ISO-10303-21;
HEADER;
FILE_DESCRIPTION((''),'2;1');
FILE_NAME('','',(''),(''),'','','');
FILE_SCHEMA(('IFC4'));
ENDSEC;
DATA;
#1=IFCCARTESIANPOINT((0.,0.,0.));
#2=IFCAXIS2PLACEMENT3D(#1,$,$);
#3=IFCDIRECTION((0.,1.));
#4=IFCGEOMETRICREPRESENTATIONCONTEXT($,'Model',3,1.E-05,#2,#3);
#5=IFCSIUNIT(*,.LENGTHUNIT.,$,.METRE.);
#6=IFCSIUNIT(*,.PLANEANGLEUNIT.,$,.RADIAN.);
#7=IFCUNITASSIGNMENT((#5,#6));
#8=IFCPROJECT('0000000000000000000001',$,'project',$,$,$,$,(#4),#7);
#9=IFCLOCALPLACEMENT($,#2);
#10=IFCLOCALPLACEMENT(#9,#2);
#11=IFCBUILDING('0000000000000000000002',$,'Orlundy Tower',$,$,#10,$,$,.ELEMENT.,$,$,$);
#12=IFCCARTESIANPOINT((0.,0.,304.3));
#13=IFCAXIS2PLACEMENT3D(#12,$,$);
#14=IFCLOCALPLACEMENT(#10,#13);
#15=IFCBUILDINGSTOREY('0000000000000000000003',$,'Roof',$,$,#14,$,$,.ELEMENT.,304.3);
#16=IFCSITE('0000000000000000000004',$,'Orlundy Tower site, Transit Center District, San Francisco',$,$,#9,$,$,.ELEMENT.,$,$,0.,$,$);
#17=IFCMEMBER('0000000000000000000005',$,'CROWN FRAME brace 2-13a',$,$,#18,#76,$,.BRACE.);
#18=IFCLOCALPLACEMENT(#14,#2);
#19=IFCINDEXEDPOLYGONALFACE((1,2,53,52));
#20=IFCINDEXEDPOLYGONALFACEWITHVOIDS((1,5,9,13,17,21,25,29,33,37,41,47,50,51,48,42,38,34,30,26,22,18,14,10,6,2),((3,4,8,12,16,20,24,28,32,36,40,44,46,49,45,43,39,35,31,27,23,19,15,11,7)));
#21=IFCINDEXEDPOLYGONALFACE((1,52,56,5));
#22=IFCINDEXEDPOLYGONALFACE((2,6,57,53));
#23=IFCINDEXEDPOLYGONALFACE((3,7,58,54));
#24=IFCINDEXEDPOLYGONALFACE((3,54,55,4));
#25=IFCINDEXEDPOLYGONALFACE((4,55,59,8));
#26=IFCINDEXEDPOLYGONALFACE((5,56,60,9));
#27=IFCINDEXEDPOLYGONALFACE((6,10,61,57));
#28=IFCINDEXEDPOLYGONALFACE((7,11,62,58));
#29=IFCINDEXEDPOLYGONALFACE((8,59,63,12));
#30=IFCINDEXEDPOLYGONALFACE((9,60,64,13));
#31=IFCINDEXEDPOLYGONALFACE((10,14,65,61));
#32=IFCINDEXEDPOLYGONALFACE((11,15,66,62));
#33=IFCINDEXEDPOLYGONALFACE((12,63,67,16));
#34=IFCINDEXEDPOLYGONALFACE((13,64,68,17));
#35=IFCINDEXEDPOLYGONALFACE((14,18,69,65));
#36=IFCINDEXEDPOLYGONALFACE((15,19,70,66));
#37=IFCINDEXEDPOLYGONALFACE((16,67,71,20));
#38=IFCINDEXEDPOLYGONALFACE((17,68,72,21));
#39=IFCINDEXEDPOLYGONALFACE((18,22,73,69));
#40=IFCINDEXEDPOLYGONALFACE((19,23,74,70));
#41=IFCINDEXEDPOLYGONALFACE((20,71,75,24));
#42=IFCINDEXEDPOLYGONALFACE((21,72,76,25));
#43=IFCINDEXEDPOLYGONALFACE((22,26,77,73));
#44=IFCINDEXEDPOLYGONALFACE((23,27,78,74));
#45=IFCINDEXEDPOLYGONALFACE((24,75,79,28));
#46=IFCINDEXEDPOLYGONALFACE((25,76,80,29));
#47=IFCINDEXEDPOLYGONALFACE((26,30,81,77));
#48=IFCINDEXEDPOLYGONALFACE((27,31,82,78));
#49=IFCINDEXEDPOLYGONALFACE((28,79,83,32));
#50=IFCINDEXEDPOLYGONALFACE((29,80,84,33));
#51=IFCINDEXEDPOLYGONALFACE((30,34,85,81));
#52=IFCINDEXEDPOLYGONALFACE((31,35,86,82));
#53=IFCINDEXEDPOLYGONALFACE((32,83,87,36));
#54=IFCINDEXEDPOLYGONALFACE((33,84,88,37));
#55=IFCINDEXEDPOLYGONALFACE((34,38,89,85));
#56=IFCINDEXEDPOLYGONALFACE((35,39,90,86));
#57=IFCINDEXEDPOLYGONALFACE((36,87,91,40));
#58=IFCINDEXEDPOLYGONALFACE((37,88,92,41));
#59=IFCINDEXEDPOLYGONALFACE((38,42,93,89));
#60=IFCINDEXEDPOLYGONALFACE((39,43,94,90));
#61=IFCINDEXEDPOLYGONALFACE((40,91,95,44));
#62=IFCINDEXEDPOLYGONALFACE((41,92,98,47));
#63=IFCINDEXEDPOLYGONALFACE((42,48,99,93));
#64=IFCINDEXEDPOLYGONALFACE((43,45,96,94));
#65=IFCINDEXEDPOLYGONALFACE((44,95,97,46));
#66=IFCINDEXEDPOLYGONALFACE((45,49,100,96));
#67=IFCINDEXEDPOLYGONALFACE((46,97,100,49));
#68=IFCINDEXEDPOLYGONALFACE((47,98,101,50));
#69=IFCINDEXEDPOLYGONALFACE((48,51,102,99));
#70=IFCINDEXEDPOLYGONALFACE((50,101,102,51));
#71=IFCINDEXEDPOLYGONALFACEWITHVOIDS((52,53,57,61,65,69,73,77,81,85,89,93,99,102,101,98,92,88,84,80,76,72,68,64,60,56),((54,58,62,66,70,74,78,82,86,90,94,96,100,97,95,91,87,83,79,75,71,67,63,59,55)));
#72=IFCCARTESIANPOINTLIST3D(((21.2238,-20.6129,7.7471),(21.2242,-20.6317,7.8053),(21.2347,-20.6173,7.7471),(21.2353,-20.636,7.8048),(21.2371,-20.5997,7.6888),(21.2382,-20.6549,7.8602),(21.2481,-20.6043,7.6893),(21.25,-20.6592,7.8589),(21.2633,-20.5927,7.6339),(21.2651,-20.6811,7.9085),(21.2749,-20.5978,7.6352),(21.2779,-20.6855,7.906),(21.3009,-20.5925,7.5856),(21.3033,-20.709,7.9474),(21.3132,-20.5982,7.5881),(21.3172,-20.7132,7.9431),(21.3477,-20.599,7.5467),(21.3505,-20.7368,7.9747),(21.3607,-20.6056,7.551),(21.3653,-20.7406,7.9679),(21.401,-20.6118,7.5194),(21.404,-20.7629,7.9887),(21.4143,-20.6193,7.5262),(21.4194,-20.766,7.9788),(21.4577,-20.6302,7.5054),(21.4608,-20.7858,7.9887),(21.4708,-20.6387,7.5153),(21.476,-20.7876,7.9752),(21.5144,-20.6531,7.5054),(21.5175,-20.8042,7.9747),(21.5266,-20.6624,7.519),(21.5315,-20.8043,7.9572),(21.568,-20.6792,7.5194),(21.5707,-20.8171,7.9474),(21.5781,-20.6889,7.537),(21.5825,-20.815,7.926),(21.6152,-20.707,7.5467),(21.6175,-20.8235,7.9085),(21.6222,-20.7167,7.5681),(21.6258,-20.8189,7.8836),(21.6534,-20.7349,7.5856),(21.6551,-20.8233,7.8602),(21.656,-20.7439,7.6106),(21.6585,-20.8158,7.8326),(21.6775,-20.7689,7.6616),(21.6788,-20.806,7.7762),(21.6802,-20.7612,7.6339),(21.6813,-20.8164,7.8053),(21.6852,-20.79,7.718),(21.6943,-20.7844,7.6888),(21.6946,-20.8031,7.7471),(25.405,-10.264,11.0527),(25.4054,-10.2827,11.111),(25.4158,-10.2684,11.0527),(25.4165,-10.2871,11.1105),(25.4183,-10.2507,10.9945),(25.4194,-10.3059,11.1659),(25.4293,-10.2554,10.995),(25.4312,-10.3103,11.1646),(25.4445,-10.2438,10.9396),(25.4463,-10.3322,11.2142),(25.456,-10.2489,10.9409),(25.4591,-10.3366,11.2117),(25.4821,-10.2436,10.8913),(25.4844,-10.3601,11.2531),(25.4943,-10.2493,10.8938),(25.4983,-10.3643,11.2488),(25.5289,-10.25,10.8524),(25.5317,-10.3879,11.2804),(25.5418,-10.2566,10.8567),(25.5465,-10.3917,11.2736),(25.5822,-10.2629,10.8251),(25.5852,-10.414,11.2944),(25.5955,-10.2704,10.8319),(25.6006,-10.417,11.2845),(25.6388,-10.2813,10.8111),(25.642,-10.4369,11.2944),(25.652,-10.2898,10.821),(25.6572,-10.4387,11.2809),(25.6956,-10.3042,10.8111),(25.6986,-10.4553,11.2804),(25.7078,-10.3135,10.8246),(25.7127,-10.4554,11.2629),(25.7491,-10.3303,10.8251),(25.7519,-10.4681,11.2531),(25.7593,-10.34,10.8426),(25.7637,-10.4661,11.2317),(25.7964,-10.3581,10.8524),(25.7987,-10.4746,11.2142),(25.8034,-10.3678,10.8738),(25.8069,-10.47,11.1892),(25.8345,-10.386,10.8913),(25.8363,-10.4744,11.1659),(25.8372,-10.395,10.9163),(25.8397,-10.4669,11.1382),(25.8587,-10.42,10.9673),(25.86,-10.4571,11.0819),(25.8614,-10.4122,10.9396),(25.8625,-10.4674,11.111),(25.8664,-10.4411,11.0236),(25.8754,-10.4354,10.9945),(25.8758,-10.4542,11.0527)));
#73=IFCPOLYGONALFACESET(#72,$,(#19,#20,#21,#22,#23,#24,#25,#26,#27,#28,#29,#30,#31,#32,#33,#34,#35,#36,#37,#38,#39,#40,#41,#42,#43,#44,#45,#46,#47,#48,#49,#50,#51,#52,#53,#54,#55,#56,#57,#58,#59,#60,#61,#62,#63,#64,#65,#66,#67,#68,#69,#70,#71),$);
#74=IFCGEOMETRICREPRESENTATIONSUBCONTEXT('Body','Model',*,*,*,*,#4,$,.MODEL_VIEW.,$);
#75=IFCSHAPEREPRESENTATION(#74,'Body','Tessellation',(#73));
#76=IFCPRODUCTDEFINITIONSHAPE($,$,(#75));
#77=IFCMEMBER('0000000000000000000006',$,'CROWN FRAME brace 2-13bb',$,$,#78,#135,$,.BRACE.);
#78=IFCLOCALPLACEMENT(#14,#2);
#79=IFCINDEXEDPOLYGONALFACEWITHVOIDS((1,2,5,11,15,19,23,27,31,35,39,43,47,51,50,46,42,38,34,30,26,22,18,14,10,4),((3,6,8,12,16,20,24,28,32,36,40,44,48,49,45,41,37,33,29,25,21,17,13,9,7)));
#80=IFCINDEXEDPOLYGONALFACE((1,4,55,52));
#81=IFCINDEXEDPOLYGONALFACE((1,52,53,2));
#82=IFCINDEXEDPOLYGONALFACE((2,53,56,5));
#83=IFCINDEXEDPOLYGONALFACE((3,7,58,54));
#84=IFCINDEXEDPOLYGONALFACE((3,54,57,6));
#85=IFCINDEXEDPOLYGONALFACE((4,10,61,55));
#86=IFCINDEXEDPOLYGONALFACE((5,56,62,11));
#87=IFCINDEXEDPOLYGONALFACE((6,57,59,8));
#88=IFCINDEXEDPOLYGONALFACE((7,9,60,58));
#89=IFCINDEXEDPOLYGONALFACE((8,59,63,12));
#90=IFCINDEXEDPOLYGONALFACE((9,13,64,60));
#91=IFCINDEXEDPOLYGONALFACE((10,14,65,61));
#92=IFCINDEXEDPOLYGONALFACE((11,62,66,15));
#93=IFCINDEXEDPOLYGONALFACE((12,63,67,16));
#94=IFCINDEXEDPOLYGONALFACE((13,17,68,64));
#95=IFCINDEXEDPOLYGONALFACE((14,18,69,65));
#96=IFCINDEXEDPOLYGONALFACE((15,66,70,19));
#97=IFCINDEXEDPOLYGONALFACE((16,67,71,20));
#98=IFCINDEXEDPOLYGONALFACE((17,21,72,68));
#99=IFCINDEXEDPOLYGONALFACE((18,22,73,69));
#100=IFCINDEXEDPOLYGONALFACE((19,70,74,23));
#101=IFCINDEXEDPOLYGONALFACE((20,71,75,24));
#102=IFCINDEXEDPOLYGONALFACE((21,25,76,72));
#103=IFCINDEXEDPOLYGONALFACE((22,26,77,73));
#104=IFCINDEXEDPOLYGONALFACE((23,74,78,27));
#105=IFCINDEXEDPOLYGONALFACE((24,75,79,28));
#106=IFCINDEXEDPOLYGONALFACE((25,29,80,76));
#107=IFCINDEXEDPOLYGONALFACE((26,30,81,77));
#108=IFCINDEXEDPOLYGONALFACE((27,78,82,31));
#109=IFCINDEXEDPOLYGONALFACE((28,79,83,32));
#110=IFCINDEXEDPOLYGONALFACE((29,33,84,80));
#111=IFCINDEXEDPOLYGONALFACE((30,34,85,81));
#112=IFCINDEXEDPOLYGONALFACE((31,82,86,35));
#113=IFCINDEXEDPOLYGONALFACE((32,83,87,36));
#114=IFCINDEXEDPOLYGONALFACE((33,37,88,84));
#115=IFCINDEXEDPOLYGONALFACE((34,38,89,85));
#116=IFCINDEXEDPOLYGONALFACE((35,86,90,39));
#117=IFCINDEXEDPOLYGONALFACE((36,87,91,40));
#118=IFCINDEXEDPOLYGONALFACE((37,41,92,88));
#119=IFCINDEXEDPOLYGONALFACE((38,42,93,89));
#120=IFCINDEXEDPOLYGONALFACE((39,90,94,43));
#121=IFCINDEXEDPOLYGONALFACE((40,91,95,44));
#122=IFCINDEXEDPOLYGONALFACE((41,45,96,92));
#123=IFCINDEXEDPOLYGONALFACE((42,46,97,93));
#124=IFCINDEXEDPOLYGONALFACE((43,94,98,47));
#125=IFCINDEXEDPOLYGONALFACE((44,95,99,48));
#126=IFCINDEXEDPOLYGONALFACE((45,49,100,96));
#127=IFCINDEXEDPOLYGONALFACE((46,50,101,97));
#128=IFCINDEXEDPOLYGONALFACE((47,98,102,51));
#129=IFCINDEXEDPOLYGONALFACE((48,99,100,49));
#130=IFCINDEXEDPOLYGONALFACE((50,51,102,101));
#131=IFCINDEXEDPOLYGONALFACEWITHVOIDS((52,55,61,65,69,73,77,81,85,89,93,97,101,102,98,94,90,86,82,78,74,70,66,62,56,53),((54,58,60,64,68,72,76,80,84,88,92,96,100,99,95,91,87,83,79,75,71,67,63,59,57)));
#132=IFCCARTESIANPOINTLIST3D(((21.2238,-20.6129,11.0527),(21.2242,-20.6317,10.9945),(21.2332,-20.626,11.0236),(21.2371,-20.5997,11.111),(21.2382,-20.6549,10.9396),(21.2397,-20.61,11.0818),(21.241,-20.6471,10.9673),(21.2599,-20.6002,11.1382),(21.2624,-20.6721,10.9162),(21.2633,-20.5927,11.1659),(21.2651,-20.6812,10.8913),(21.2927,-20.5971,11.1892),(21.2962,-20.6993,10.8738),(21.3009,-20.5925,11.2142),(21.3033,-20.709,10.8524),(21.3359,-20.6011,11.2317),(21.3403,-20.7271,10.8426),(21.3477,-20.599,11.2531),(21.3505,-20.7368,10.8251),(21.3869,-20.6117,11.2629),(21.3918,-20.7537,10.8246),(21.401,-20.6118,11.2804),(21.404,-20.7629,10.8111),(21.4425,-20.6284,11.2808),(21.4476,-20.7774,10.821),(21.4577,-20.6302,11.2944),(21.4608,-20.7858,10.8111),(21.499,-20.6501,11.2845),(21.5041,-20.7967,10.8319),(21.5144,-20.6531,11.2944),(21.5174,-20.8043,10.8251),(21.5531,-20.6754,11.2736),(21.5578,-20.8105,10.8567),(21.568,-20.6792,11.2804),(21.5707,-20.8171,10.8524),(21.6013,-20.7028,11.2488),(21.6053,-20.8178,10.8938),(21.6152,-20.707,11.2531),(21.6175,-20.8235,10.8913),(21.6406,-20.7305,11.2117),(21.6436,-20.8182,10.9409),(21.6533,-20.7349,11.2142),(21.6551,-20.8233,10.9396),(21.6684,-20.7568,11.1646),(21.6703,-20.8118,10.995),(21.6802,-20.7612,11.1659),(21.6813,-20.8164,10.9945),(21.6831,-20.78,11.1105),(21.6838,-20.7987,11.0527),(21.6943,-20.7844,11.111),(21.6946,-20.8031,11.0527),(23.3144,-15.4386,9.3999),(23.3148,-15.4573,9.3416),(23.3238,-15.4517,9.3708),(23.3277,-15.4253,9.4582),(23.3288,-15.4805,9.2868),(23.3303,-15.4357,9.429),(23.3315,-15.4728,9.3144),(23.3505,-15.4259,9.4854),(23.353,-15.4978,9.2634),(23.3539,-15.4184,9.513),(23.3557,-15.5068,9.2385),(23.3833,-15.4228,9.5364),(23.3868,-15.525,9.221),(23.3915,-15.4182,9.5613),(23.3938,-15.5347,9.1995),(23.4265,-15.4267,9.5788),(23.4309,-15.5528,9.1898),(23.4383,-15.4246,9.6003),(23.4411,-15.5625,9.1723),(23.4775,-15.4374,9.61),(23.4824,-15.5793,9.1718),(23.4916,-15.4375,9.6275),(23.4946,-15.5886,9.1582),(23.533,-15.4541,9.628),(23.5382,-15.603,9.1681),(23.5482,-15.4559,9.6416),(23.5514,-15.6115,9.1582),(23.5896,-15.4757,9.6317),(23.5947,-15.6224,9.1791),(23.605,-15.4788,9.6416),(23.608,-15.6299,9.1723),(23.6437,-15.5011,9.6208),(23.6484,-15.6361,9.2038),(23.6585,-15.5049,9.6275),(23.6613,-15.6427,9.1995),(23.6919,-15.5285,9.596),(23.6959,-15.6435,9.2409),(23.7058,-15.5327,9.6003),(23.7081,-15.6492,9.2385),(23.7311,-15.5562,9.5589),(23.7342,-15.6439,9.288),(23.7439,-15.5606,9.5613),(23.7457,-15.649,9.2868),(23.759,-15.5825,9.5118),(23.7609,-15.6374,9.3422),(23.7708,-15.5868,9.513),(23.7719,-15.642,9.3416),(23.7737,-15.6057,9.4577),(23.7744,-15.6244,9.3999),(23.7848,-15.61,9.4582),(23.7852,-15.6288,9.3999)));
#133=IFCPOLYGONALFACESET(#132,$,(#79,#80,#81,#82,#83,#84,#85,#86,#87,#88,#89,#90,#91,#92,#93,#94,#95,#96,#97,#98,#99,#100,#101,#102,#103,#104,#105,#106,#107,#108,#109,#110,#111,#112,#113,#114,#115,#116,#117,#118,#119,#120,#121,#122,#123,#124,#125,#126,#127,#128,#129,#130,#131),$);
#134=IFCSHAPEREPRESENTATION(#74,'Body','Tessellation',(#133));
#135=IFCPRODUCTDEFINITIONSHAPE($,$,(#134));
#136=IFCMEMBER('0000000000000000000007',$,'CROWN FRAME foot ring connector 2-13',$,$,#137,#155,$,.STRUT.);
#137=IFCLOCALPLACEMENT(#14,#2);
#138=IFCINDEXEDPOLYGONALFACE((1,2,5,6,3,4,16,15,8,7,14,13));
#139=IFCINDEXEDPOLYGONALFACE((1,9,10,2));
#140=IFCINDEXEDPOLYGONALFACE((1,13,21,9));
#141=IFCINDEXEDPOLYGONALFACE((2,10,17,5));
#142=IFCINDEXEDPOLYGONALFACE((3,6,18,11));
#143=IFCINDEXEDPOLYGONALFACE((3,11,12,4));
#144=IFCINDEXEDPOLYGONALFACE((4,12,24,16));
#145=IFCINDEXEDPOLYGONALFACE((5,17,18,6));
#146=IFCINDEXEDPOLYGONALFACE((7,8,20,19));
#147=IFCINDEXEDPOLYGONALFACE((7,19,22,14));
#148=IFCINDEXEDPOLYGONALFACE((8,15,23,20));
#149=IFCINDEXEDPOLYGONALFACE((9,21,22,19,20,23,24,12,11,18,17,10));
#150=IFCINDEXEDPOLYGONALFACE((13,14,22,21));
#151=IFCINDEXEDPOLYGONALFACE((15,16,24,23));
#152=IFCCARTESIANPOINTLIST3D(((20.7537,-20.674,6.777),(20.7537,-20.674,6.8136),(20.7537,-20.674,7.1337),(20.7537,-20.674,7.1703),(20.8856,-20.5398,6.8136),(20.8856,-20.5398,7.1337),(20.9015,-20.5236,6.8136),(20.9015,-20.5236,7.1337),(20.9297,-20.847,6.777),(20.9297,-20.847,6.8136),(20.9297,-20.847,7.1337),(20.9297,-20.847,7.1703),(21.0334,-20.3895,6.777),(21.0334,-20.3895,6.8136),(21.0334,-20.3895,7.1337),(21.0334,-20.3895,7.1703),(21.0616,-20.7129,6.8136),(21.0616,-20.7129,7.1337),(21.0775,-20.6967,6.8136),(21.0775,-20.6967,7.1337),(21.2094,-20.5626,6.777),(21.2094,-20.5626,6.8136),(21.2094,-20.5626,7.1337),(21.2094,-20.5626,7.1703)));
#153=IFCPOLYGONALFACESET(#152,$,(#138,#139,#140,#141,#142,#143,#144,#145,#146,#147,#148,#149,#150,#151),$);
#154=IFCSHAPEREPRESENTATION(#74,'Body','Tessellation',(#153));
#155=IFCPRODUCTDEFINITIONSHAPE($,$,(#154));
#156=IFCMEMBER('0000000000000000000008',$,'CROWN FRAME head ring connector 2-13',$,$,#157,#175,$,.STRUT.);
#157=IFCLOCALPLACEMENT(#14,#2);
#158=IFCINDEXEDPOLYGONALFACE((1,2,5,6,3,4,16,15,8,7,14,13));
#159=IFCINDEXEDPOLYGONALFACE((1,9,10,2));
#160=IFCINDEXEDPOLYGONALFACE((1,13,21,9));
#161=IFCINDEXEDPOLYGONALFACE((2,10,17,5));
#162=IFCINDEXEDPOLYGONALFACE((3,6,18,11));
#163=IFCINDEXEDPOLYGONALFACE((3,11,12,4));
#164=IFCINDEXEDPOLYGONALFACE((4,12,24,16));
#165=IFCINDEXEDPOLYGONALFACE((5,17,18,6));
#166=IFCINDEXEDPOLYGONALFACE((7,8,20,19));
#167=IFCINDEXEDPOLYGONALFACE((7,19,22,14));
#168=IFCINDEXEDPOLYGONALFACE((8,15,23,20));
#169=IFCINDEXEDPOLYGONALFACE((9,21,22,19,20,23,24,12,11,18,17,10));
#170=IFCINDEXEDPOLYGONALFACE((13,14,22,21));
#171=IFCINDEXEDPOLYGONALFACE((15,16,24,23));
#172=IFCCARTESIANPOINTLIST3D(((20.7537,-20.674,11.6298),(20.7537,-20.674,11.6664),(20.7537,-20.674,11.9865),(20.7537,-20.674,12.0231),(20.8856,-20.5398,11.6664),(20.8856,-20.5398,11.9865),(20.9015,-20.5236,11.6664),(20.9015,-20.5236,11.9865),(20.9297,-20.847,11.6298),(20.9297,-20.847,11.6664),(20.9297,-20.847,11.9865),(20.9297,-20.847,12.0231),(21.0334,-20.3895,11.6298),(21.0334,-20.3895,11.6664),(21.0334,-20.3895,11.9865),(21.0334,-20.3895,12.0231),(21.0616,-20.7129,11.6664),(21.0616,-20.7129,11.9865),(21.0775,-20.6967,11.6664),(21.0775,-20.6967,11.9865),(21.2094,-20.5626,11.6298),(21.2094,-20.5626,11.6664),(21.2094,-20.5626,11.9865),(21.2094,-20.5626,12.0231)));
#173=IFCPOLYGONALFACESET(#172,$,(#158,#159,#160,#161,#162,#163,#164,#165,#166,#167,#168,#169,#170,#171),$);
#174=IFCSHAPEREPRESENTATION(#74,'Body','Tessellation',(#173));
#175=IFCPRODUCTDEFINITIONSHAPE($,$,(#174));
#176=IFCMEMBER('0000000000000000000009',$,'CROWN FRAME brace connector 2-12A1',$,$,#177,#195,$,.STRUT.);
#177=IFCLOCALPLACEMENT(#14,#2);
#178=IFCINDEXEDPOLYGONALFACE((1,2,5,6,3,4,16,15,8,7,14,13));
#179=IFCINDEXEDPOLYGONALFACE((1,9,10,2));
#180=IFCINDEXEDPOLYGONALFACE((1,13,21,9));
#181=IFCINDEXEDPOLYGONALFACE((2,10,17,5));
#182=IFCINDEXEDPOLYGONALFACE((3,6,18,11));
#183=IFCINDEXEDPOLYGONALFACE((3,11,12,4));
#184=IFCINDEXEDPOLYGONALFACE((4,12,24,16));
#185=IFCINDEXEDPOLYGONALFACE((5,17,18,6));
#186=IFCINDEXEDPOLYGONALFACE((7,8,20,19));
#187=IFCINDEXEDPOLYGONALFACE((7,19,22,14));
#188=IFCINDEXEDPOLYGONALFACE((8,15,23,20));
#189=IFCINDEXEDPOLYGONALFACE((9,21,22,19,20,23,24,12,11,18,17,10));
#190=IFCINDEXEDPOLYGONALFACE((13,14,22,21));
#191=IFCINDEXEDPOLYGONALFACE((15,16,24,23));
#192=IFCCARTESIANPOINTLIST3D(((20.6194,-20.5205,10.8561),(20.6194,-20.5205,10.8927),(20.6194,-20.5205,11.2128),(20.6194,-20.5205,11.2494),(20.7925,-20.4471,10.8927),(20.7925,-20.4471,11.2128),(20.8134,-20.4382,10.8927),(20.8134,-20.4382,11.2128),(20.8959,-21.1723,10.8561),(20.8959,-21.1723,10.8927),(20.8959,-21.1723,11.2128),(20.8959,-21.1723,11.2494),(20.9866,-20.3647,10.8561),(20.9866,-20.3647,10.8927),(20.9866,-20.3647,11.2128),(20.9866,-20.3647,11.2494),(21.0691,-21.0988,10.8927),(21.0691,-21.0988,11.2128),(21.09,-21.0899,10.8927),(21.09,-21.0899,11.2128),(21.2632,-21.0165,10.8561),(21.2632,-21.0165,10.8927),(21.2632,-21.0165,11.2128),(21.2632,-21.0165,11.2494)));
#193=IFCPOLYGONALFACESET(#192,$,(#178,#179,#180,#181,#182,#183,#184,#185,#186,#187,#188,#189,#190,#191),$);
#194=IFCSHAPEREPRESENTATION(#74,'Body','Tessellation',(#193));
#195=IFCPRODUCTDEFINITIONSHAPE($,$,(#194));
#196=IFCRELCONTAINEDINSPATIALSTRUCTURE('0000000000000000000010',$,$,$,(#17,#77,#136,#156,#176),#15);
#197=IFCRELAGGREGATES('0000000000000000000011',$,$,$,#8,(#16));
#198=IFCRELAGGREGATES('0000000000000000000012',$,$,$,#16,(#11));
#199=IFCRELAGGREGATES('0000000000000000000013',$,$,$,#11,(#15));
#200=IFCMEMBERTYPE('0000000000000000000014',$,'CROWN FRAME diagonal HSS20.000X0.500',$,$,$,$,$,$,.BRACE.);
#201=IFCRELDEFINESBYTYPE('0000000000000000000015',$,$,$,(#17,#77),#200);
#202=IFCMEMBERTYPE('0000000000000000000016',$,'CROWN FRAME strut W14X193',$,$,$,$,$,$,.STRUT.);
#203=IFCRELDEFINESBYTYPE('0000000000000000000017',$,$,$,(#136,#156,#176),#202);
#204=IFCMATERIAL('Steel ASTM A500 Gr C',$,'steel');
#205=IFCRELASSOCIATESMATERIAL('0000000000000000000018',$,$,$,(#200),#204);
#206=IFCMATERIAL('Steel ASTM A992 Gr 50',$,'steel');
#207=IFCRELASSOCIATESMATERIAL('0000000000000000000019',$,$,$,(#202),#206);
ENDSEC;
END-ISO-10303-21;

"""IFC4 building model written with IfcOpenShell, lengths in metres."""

from ifc_helpers import new_model, si_unit, direction, frame, origin, origin_2d, place, context, subcontext, project, spatial, hollow_circle, i_section, extrude, material, material_profile, profile_set, type_object, element, save


model = new_model("IFC4")

# Units and contexts
model_context = context("Model", 3, precision=1e-05, world=origin(), true_north=direction((0.0, 1.0)))
body_context = subcontext(model_context, "Body", "Model", "MODEL_VIEW")
ifc_project = project(units=[si_unit("LENGTHUNIT", "METRE"), si_unit("PLANEANGLEUNIT", "RADIAN")], contexts=[model_context])

# Site, building, storey
site_placement = place(None, origin())
site = spatial("IfcSite", under=ifc_project, at=site_placement, Name="Orlundy Tower site, Transit Center District, San Francisco", CompositionType="ELEMENT", RefElevation=0.0)
building_placement = place(site_placement, origin())
building = spatial("IfcBuilding", under=site, at=building_placement, Name="Orlundy Tower", CompositionType="ELEMENT")
storey_placement = place(building_placement, frame((0.0, 0.0, 304.3)))
storey = spatial("IfcBuildingStorey", under=building, at=storey_placement, Name="Roof", CompositionType="ELEMENT", Elevation=304.3)

# Members
ifc_material_1 = material(Name="Steel ASTM A500 Gr C", Category="steel")
ifc_material_profile_1 = material_profile(ifc_material_1, hollow_circle(Radius=0.2539, WallThickness=0.0117, at=origin_2d()), Name="HSS20.000X0.500")
ifc_profile_set_1 = profile_set([ifc_material_profile_1], Name="Steel ASTM A500 Gr C")
member_type_1 = type_object("IfcMemberType", Name="CROWN FRAME diagonal HSS20.000X0.500", PredefinedType="BRACE", material=ifc_profile_set_1)
member_1_placement = place(storey_placement, frame((21.4592, -20.708, 7.7471), z_axis=(0.35918, 0.889016, 0.283972), x_axis=(-0.927186, 0.374602, 0.0)))
element("IfcMember", 1, at=member_1_placement, inside=storey, type_object=member_type_1, Name="CROWN FRAME brace 2-13a", PredefinedType="BRACE", context=body_context, shape_type="SweptSolid", body=[
    extrude(hollow_circle(Radius=0.2539, WallThickness=0.0117, at=origin_2d()), origin(), (0.0, 0.0, 1.0), 11.6409),
])
member_2_placement = place(storey_placement, frame((23.5498, -15.5337, 9.3999), z_axis=(-0.359187, -0.889012, 0.283977), x_axis=(0.927183, -0.374609, 0.0)))
element("IfcMember", 2, at=member_2_placement, inside=storey, type_object=member_type_1, Name="CROWN FRAME brace 2-13bb", PredefinedType="BRACE", context=body_context, shape_type="SweptSolid", body=[
    extrude(hollow_circle(Radius=0.2539, WallThickness=0.0117, at=origin_2d()), origin(), (0.0, 0.0, 1.0), 5.8203),
])
ifc_material_2 = material(Name="Steel ASTM A992 Gr 50", Category="steel")
ifc_material_profile_2 = material_profile(ifc_material_2, i_section(OverallWidth=0.3989, OverallDepth=0.3933, WebThickness=0.0227, FlangeThickness=0.0366, at=origin_2d()), Name="W14X193")
ifc_profile_set_2 = profile_set([ifc_material_profile_2], Name="Steel ASTM A992 Gr 50")
member_type_2 = type_object("IfcMemberType", Name="CROWN FRAME strut W14X193", PredefinedType="STRUT", material=ifc_profile_set_2)
for number, where, z_axis, x_axis, name in (
    (3, (20.8936, -20.5317, 6.9736), (0.713015, -0.701148, 0.0), (0.701148, 0.713015, 0.0), "CROWN FRAME foot ring connector 2-13"),
    (4, (20.8936, -20.5317, 11.8264), (0.713015, -0.701148, 0.0), (0.701148, 0.713015, 0.0), "CROWN FRAME head ring connector 2-13"),
):
    element("IfcMember", number, at=place(storey_placement, frame(where, z_axis=z_axis, x_axis=x_axis)), inside=storey, type_object=member_type_2, Name=name, PredefinedType="STRUT", context=body_context, shape_type="SweptSolid", body=[
        extrude(i_section(OverallWidth=0.3989, OverallDepth=0.3933, WebThickness=0.0227, FlangeThickness=0.0366, at=origin_2d()), origin(), (0.0, 0.0, 1.0), 0.2468),
    ])
for number, where, z_axis, x_axis, name in (
    (5, (20.803, -20.4426, 11.0527), (0.39063, -0.920548, 0.0), (0.920548, 0.39063, 0.0), "CROWN FRAME brace connector 2-12A1"),
):
    element("IfcMember", number, at=place(storey_placement, frame(where, z_axis=z_axis, x_axis=x_axis)), inside=storey, type_object=member_type_2, Name=name, PredefinedType="STRUT", context=body_context, shape_type="SweptSolid", body=[
        extrude(i_section(OverallWidth=0.3989, OverallDepth=0.3933, WebThickness=0.0227, FlangeThickness=0.0366, at=origin_2d()), origin(), (0.0, 0.0, 1.0), 0.708),
    ])

save(model, "model.ifc")
